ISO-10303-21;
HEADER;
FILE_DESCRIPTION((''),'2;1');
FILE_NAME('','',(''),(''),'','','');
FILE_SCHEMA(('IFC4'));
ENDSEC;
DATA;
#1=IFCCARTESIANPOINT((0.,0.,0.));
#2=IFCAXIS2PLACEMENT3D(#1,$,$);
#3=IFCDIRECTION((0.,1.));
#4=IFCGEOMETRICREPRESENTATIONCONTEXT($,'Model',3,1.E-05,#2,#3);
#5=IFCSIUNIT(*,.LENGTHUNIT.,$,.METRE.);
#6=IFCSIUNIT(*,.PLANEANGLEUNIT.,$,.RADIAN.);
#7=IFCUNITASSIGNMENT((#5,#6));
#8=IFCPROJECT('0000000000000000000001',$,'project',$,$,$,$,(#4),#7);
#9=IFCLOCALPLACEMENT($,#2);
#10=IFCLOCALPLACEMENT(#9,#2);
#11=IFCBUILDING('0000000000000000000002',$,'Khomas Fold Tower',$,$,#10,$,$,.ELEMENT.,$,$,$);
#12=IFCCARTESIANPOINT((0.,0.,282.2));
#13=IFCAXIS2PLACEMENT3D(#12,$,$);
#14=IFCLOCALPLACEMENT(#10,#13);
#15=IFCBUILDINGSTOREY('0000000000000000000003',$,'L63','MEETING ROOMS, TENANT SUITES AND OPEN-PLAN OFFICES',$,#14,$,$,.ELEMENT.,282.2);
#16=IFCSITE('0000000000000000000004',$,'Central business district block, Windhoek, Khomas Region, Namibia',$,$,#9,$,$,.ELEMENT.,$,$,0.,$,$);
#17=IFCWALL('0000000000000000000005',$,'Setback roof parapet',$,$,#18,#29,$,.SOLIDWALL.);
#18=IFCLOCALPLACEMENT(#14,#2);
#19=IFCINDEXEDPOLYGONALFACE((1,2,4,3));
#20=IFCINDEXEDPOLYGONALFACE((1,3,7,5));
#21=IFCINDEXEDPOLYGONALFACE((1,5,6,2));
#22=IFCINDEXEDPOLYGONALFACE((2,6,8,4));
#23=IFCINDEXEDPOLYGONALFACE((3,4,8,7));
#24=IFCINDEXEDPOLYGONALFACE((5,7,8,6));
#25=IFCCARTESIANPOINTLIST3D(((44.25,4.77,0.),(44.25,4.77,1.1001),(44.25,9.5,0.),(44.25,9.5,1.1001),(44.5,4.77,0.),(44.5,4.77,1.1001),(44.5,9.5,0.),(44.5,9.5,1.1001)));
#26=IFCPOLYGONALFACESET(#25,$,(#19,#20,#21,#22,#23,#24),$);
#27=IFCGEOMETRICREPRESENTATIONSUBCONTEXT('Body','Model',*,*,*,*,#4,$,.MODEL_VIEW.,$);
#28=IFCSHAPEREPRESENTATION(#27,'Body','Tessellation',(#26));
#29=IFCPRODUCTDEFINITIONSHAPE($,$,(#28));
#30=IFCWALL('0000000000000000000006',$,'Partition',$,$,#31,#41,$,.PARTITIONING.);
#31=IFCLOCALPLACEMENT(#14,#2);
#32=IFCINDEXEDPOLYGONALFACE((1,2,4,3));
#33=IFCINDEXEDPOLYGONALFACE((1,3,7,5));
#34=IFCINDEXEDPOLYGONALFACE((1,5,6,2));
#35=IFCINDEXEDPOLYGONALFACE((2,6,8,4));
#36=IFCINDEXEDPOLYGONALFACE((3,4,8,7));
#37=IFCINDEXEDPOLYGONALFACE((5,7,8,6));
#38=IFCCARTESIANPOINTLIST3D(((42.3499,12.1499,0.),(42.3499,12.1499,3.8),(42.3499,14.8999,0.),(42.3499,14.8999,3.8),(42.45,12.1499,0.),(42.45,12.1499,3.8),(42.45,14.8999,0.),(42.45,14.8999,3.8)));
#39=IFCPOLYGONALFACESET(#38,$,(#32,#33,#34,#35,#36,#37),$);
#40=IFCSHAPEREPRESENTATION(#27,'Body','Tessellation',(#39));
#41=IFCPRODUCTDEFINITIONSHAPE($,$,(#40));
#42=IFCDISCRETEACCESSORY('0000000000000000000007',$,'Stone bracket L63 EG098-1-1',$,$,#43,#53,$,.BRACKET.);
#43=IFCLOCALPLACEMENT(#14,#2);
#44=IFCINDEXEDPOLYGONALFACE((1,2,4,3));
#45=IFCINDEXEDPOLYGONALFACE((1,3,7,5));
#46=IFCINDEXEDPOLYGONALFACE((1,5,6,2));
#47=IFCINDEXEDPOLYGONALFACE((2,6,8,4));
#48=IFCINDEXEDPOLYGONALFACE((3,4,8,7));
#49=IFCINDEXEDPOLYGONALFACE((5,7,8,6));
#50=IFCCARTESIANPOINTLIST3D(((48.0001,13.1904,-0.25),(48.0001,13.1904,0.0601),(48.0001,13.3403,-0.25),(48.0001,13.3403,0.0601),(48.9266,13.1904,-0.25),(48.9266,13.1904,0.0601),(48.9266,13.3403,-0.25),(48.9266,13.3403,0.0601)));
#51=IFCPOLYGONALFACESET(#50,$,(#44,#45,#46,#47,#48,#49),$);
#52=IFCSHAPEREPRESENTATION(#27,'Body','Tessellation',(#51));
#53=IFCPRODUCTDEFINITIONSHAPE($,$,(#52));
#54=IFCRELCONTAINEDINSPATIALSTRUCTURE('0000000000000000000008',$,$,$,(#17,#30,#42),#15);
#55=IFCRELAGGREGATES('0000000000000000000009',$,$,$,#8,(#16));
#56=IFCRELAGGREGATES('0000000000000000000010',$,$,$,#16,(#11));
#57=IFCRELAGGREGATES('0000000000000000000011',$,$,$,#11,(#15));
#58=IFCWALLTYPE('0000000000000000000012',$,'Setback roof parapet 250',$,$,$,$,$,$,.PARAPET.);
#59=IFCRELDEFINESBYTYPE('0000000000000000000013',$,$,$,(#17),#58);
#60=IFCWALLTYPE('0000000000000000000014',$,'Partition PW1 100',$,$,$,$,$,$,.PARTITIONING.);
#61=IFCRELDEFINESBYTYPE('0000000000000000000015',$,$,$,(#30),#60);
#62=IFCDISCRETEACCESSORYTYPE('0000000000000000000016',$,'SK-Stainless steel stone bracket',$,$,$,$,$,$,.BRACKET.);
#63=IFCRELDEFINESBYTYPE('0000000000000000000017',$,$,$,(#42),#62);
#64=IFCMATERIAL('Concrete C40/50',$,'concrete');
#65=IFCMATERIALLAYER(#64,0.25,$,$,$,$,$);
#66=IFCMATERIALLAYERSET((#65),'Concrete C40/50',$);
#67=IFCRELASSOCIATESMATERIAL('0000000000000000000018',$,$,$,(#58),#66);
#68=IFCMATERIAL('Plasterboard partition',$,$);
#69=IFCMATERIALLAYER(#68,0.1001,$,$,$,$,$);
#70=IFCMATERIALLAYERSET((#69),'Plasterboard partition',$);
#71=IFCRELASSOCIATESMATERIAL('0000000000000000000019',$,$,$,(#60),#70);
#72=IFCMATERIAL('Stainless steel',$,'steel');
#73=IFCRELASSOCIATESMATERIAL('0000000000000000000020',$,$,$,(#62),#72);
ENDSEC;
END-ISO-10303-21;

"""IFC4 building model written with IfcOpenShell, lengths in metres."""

from ifc_helpers import new_model, si_unit, direction, frame, frame_2d, origin, origin_2d, place, context, subcontext, project, spatial, rectangle, extrude, source, transform, mapped, material, layer, layer_set, type_object, element, save


model = new_model("IFC4")

# Units and contexts
model_context = context("Model", 3, precision=1e-05, world=origin(), true_north=direction((0.0, 1.0)))
body_context = subcontext(model_context, "Body", "Model", "MODEL_VIEW")
ifc_project = project(units=[si_unit("LENGTHUNIT", "METRE"), si_unit("PLANEANGLEUNIT", "RADIAN")], contexts=[model_context])

# Site, building, storey
site_placement = place(None, origin())
site = spatial("IfcSite", under=ifc_project, at=site_placement, Name="Central business district block, Windhoek, Khomas Region, Namibia", CompositionType="ELEMENT", RefElevation=0.0)
building_placement = place(site_placement, origin())
building = spatial("IfcBuilding", under=site, at=building_placement, Name="Khomas Fold Tower", CompositionType="ELEMENT")
storey_placement = place(building_placement, frame((0.0, 0.0, 282.2)))
storey = spatial("IfcBuildingStorey", under=building, at=storey_placement, Name="L63", Description="MEETING ROOMS, TENANT SUITES AND OPEN-PLAN OFFICES", CompositionType="ELEMENT", Elevation=282.2)

# Walls
ifc_material_1 = material(Name="Concrete C40/50", Category="concrete")
ifc_layer_1 = layer(ifc_material_1, 0.25)
ifc_layer_set_1 = layer_set([ifc_layer_1], Name="Concrete C40/50")
wall_type_1 = type_object("IfcWallType", Name="Setback roof parapet 250", PredefinedType="PARAPET", material=ifc_layer_set_1)
shared_shape_1 = source(origin(), body_context, "Body", "SweptSolid", [
    extrude(rectangle(XDim=4.73, YDim=0.25, at=frame_2d((2.365, 0.0))), origin(), (0.0, 0.0, 1.0), 1.1001),
])
wall_1_placement = place(storey_placement, frame((44.375, 4.77, 0.0), z_axis=(0.0, 0.0, 1.0), x_axis=(0.0, 1.0, 0.0)))
element("IfcWall", 1, at=wall_1_placement, inside=storey, type_object=wall_type_1, Name="Setback roof parapet", PredefinedType="SOLIDWALL", context=body_context, shape_type="MappedRepresentation", body=[
    mapped(shared_shape_1, transform((0.0, 0.0, 0.0))),
])
ifc_material_2 = material(Name="Plasterboard partition")
ifc_layer_2 = layer(ifc_material_2, 0.1001)
ifc_layer_set_2 = layer_set([ifc_layer_2], Name="Plasterboard partition")
wall_type_2 = type_object("IfcWallType", Name="Partition PW1 100", PredefinedType="PARTITIONING", material=ifc_layer_set_2)
shared_shape_2 = source(origin(), body_context, "Body", "SweptSolid", [
    extrude(rectangle(XDim=2.75, YDim=0.1001, at=frame_2d((1.375, 0.0))), origin(), (0.0, 0.0, 1.0), 3.8),
])
wall_2_placement = place(storey_placement, frame((42.3999, 12.1499, 0.0), z_axis=(0.0, 0.0, 1.0), x_axis=(0.0, 1.0, 0.0)))
element("IfcWall", 2, at=wall_2_placement, inside=storey, type_object=wall_type_2, Name="Partition", PredefinedType="PARTITIONING", context=body_context, shape_type="MappedRepresentation", body=[
    mapped(shared_shape_2, transform((0.0, 0.0, 0.0))),
])

# Discrete accessory
ifc_material_3 = material(Name="Stainless steel", Category="steel")
discrete_accessory_type = type_object("IfcDiscreteAccessoryType", Name="SK-Stainless steel stone bracket", PredefinedType="BRACKET", material=ifc_material_3)
shared_shape_3 = source(origin(), body_context, "Body", "SweptSolid", [
    extrude(rectangle(XDim=0.9265, YDim=0.1499, at=origin_2d()), origin(), (0.0, 0.0, 1.0), 0.3101),
])
discrete_accessory_placement = place(storey_placement, frame((48.4634, 13.2654, -0.25), z_axis=(0.0, 0.0, 1.0), x_axis=(1.0, 0.0, 0.0)))
element("IfcDiscreteAccessory", 3, at=discrete_accessory_placement, inside=storey, type_object=discrete_accessory_type, Name="Stone bracket L63 EG098-1-1", PredefinedType="BRACKET", context=body_context, shape_type="MappedRepresentation", body=[
    mapped(shared_shape_3, transform((0.0, 0.0, 0.0))),
])

save(model, "model.ifc")
